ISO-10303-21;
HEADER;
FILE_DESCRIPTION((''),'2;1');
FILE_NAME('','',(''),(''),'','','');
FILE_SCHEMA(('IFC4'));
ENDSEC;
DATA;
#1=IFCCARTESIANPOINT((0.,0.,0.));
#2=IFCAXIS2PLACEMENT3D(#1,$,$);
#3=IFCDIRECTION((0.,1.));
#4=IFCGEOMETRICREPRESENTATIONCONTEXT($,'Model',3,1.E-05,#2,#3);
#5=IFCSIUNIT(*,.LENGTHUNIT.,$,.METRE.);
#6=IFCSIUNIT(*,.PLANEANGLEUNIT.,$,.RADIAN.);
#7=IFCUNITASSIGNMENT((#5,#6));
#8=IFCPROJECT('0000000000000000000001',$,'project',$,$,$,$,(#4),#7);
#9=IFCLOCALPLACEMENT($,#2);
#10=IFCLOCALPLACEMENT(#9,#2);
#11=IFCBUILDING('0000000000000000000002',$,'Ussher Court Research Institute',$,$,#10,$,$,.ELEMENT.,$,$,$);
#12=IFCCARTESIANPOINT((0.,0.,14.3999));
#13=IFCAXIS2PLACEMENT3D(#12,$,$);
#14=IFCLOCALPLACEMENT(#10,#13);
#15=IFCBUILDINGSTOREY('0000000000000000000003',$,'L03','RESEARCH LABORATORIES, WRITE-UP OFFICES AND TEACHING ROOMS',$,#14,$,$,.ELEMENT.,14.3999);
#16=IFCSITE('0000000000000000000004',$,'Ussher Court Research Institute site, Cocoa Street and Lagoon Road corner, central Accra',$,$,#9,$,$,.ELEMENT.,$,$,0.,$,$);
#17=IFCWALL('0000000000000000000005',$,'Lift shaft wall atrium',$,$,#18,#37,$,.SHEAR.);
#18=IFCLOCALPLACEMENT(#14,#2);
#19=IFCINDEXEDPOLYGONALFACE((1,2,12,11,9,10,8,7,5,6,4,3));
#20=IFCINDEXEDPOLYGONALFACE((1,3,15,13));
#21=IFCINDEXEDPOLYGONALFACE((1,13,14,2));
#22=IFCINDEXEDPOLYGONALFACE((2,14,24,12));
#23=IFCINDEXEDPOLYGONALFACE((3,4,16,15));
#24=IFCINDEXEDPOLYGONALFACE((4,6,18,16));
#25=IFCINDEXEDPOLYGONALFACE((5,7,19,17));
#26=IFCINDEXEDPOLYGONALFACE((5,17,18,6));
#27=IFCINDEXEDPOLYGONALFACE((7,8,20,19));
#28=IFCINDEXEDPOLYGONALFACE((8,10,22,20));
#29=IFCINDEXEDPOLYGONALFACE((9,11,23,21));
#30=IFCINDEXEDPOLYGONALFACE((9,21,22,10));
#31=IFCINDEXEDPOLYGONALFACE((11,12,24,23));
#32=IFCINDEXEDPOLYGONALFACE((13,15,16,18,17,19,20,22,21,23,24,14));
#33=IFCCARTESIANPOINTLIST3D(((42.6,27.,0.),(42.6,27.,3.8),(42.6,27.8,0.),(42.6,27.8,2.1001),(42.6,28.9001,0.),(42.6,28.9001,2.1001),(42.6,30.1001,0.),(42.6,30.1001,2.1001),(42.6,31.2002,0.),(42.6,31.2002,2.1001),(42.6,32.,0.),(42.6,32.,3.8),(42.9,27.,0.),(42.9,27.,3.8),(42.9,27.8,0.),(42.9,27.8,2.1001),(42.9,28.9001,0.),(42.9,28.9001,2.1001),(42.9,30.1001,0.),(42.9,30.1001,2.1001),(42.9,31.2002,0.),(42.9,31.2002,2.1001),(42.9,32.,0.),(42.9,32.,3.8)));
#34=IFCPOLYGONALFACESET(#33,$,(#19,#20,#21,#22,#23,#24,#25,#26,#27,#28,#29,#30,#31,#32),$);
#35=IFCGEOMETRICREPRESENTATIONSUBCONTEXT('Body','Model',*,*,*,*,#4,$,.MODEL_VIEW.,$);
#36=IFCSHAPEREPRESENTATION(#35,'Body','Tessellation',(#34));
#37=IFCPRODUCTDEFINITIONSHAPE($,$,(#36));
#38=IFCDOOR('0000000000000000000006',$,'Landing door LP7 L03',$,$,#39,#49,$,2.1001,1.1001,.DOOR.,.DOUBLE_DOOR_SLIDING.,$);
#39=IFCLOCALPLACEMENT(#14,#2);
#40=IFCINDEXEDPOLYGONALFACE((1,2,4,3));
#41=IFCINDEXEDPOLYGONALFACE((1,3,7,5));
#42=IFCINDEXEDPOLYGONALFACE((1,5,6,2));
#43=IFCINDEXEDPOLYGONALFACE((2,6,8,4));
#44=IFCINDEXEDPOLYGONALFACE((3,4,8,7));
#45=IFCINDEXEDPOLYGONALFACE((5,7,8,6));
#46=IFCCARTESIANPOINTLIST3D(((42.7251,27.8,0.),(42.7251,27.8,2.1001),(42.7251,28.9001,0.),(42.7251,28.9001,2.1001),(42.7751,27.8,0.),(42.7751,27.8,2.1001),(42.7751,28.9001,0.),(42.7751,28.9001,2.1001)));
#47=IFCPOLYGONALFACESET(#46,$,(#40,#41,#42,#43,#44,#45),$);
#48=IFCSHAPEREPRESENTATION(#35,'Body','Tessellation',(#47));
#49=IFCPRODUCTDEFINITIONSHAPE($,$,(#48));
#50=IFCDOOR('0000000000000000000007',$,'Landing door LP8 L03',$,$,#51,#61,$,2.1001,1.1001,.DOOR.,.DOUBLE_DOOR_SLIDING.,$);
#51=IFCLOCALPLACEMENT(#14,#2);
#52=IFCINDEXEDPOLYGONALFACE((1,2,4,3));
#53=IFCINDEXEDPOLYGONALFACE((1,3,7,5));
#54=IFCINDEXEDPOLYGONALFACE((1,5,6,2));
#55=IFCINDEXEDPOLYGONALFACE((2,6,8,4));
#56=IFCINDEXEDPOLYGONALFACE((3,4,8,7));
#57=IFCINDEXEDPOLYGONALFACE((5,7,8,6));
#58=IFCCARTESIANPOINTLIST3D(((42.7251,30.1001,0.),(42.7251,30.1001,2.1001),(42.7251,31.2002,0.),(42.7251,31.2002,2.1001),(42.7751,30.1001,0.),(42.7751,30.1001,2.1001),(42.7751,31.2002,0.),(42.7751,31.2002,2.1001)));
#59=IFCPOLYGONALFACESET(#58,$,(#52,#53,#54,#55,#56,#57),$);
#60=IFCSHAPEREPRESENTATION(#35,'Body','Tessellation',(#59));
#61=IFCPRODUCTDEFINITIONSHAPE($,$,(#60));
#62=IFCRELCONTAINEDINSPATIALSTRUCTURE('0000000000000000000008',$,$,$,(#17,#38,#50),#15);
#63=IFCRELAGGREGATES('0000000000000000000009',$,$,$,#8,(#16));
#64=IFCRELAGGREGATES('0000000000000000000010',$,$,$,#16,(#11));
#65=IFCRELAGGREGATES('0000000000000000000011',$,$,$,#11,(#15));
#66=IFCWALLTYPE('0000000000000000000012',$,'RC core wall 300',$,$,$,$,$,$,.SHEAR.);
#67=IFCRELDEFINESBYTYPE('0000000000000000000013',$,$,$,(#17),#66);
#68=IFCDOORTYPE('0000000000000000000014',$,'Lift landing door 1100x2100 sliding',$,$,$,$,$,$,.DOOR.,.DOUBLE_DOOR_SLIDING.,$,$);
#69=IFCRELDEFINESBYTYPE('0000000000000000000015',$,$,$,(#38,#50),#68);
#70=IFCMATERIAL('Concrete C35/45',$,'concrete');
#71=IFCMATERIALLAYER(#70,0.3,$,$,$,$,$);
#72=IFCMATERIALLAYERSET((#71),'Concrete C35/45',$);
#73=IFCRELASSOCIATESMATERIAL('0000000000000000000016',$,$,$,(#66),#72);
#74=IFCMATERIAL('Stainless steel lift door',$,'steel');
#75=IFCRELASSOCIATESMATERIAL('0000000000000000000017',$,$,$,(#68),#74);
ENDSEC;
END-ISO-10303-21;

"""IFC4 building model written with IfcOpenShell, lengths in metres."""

from ifc_helpers import new_model, si_unit, direction, frame, frame_2d, origin, place, context, subcontext, project, spatial, rectangle, extrude, material, layer, layer_set, type_object, element, fill, save


model = new_model("IFC4")

# Units and contexts
model_context = context("Model", 3, precision=1e-05, world=origin(), true_north=direction((0.0, 1.0)))
body_context = subcontext(model_context, "Body", "Model", "MODEL_VIEW")
ifc_project = project(units=[si_unit("LENGTHUNIT", "METRE"), si_unit("PLANEANGLEUNIT", "RADIAN")], contexts=[model_context])

# Site, building, storey
site_placement = place(None, origin())
site = spatial("IfcSite", under=ifc_project, at=site_placement, Name="Ussher Court Research Institute site, Cocoa Street and Lagoon Road corner, central Accra", CompositionType="ELEMENT", RefElevation=0.0)
building_placement = place(site_placement, origin())
building = spatial("IfcBuilding", under=site, at=building_placement, Name="Ussher Court Research Institute", CompositionType="ELEMENT")
storey_placement = place(building_placement, frame((0.0, 0.0, 14.3999)))
storey = spatial("IfcBuildingStorey", under=building, at=storey_placement, Name="L03", Description="RESEARCH LABORATORIES, WRITE-UP OFFICES AND TEACHING ROOMS", CompositionType="ELEMENT", Elevation=14.3999)

# Wall, openings, doors
ifc_material_1 = material(Name="Concrete C35/45", Category="concrete")
ifc_layer_1 = layer(ifc_material_1, 0.3)
ifc_layer_set_1 = layer_set([ifc_layer_1], Name="Concrete C35/45")
wall_type_1 = type_object("IfcWallType", Name="RC core wall 300", PredefinedType="SHEAR", material=ifc_layer_set_1)
wall_1_placement = place(storey_placement, frame((42.75, 27.0, 0.0), z_axis=(0.0, 0.0, 1.0), x_axis=(0.0, 1.0, 0.0)))
wall_1 = element("IfcWall", 1, at=wall_1_placement, inside=storey, type_object=wall_type_1, Name="Lift shaft wall atrium", PredefinedType="SHEAR", context=body_context, shape_type="SweptSolid", body=[
    extrude(rectangle(XDim=5.0, YDim=0.3, at=frame_2d((2.5, 0.0))), origin(), (0.0, 0.0, 1.0), 3.8),
])
opening_1_placement = place(wall_1_placement, frame((0.8, 0.0, 0.0)))
opening_1 = element("IfcOpeningElement", 2, at=opening_1_placement, cuts=wall_1, PredefinedType="OPENING", context=body_context, shape_type="SweptSolid", body=[
    extrude(rectangle(XDim=1.1001, YDim=2.1001, at=frame_2d((0.55, 1.05))), frame((0.0, 0.1602, 0.0), z_axis=(0.0, -1.0, 0.0), x_axis=(1.0, 0.0, 0.0)), (0.0, 0.0, 1.0), 0.3201),
])
opening_2_placement = place(wall_1_placement, frame((3.1001, 0.0, 0.0)))
opening_2 = element("IfcOpeningElement", 3, at=opening_2_placement, cuts=wall_1, PredefinedType="OPENING", context=body_context, shape_type="SweptSolid", body=[
    extrude(rectangle(XDim=1.1001, YDim=2.1001, at=frame_2d((0.55, 1.05))), frame((0.0, 0.1602, 0.0), z_axis=(0.0, -1.0, 0.0), x_axis=(1.0, 0.0, 0.0)), (0.0, 0.0, 1.0), 0.3201),
])
ifc_material_2 = material(Name="Stainless steel lift door", Category="steel")
door_type_1 = type_object("IfcDoorType", Name="Lift landing door 1100x2100 sliding", OperationType="DOUBLE_DOOR_SLIDING", PredefinedType="DOOR", material=ifc_material_2)
door_1_placement = place(opening_1_placement, origin())
door_1 = element("IfcDoor", 4, at=door_1_placement, inside=storey, type_object=door_type_1, Name="Landing door LP7 L03", OperationType="DOUBLE_DOOR_SLIDING", OverallHeight=2.1001, OverallWidth=1.1001, PredefinedType="DOOR", context=body_context, shape_type="SweptSolid", body=[
    extrude(rectangle(XDim=1.1001, YDim=2.1001, at=frame_2d((0.55, 1.05))), frame((0.0, 0.0249, 0.0), z_axis=(0.0, -1.0, 0.0), x_axis=(1.0, 0.0, 0.0)), (0.0, 0.0, 1.0), 0.05),
])
fill(opening_1, door_1)
door_2_placement = place(opening_2_placement, origin())
door_2 = element("IfcDoor", 5, at=door_2_placement, inside=storey, type_object=door_type_1, Name="Landing door LP8 L03", OperationType="DOUBLE_DOOR_SLIDING", OverallHeight=2.1001, OverallWidth=1.1001, PredefinedType="DOOR", context=body_context, shape_type="SweptSolid", body=[
    extrude(rectangle(XDim=1.1001, YDim=2.1001, at=frame_2d((0.55, 1.05))), frame((0.0, 0.0249, 0.0), z_axis=(0.0, -1.0, 0.0), x_axis=(1.0, 0.0, 0.0)), (0.0, 0.0, 1.0), 0.05),
])
fill(opening_2, door_2)

save(model, "model.ifc")
